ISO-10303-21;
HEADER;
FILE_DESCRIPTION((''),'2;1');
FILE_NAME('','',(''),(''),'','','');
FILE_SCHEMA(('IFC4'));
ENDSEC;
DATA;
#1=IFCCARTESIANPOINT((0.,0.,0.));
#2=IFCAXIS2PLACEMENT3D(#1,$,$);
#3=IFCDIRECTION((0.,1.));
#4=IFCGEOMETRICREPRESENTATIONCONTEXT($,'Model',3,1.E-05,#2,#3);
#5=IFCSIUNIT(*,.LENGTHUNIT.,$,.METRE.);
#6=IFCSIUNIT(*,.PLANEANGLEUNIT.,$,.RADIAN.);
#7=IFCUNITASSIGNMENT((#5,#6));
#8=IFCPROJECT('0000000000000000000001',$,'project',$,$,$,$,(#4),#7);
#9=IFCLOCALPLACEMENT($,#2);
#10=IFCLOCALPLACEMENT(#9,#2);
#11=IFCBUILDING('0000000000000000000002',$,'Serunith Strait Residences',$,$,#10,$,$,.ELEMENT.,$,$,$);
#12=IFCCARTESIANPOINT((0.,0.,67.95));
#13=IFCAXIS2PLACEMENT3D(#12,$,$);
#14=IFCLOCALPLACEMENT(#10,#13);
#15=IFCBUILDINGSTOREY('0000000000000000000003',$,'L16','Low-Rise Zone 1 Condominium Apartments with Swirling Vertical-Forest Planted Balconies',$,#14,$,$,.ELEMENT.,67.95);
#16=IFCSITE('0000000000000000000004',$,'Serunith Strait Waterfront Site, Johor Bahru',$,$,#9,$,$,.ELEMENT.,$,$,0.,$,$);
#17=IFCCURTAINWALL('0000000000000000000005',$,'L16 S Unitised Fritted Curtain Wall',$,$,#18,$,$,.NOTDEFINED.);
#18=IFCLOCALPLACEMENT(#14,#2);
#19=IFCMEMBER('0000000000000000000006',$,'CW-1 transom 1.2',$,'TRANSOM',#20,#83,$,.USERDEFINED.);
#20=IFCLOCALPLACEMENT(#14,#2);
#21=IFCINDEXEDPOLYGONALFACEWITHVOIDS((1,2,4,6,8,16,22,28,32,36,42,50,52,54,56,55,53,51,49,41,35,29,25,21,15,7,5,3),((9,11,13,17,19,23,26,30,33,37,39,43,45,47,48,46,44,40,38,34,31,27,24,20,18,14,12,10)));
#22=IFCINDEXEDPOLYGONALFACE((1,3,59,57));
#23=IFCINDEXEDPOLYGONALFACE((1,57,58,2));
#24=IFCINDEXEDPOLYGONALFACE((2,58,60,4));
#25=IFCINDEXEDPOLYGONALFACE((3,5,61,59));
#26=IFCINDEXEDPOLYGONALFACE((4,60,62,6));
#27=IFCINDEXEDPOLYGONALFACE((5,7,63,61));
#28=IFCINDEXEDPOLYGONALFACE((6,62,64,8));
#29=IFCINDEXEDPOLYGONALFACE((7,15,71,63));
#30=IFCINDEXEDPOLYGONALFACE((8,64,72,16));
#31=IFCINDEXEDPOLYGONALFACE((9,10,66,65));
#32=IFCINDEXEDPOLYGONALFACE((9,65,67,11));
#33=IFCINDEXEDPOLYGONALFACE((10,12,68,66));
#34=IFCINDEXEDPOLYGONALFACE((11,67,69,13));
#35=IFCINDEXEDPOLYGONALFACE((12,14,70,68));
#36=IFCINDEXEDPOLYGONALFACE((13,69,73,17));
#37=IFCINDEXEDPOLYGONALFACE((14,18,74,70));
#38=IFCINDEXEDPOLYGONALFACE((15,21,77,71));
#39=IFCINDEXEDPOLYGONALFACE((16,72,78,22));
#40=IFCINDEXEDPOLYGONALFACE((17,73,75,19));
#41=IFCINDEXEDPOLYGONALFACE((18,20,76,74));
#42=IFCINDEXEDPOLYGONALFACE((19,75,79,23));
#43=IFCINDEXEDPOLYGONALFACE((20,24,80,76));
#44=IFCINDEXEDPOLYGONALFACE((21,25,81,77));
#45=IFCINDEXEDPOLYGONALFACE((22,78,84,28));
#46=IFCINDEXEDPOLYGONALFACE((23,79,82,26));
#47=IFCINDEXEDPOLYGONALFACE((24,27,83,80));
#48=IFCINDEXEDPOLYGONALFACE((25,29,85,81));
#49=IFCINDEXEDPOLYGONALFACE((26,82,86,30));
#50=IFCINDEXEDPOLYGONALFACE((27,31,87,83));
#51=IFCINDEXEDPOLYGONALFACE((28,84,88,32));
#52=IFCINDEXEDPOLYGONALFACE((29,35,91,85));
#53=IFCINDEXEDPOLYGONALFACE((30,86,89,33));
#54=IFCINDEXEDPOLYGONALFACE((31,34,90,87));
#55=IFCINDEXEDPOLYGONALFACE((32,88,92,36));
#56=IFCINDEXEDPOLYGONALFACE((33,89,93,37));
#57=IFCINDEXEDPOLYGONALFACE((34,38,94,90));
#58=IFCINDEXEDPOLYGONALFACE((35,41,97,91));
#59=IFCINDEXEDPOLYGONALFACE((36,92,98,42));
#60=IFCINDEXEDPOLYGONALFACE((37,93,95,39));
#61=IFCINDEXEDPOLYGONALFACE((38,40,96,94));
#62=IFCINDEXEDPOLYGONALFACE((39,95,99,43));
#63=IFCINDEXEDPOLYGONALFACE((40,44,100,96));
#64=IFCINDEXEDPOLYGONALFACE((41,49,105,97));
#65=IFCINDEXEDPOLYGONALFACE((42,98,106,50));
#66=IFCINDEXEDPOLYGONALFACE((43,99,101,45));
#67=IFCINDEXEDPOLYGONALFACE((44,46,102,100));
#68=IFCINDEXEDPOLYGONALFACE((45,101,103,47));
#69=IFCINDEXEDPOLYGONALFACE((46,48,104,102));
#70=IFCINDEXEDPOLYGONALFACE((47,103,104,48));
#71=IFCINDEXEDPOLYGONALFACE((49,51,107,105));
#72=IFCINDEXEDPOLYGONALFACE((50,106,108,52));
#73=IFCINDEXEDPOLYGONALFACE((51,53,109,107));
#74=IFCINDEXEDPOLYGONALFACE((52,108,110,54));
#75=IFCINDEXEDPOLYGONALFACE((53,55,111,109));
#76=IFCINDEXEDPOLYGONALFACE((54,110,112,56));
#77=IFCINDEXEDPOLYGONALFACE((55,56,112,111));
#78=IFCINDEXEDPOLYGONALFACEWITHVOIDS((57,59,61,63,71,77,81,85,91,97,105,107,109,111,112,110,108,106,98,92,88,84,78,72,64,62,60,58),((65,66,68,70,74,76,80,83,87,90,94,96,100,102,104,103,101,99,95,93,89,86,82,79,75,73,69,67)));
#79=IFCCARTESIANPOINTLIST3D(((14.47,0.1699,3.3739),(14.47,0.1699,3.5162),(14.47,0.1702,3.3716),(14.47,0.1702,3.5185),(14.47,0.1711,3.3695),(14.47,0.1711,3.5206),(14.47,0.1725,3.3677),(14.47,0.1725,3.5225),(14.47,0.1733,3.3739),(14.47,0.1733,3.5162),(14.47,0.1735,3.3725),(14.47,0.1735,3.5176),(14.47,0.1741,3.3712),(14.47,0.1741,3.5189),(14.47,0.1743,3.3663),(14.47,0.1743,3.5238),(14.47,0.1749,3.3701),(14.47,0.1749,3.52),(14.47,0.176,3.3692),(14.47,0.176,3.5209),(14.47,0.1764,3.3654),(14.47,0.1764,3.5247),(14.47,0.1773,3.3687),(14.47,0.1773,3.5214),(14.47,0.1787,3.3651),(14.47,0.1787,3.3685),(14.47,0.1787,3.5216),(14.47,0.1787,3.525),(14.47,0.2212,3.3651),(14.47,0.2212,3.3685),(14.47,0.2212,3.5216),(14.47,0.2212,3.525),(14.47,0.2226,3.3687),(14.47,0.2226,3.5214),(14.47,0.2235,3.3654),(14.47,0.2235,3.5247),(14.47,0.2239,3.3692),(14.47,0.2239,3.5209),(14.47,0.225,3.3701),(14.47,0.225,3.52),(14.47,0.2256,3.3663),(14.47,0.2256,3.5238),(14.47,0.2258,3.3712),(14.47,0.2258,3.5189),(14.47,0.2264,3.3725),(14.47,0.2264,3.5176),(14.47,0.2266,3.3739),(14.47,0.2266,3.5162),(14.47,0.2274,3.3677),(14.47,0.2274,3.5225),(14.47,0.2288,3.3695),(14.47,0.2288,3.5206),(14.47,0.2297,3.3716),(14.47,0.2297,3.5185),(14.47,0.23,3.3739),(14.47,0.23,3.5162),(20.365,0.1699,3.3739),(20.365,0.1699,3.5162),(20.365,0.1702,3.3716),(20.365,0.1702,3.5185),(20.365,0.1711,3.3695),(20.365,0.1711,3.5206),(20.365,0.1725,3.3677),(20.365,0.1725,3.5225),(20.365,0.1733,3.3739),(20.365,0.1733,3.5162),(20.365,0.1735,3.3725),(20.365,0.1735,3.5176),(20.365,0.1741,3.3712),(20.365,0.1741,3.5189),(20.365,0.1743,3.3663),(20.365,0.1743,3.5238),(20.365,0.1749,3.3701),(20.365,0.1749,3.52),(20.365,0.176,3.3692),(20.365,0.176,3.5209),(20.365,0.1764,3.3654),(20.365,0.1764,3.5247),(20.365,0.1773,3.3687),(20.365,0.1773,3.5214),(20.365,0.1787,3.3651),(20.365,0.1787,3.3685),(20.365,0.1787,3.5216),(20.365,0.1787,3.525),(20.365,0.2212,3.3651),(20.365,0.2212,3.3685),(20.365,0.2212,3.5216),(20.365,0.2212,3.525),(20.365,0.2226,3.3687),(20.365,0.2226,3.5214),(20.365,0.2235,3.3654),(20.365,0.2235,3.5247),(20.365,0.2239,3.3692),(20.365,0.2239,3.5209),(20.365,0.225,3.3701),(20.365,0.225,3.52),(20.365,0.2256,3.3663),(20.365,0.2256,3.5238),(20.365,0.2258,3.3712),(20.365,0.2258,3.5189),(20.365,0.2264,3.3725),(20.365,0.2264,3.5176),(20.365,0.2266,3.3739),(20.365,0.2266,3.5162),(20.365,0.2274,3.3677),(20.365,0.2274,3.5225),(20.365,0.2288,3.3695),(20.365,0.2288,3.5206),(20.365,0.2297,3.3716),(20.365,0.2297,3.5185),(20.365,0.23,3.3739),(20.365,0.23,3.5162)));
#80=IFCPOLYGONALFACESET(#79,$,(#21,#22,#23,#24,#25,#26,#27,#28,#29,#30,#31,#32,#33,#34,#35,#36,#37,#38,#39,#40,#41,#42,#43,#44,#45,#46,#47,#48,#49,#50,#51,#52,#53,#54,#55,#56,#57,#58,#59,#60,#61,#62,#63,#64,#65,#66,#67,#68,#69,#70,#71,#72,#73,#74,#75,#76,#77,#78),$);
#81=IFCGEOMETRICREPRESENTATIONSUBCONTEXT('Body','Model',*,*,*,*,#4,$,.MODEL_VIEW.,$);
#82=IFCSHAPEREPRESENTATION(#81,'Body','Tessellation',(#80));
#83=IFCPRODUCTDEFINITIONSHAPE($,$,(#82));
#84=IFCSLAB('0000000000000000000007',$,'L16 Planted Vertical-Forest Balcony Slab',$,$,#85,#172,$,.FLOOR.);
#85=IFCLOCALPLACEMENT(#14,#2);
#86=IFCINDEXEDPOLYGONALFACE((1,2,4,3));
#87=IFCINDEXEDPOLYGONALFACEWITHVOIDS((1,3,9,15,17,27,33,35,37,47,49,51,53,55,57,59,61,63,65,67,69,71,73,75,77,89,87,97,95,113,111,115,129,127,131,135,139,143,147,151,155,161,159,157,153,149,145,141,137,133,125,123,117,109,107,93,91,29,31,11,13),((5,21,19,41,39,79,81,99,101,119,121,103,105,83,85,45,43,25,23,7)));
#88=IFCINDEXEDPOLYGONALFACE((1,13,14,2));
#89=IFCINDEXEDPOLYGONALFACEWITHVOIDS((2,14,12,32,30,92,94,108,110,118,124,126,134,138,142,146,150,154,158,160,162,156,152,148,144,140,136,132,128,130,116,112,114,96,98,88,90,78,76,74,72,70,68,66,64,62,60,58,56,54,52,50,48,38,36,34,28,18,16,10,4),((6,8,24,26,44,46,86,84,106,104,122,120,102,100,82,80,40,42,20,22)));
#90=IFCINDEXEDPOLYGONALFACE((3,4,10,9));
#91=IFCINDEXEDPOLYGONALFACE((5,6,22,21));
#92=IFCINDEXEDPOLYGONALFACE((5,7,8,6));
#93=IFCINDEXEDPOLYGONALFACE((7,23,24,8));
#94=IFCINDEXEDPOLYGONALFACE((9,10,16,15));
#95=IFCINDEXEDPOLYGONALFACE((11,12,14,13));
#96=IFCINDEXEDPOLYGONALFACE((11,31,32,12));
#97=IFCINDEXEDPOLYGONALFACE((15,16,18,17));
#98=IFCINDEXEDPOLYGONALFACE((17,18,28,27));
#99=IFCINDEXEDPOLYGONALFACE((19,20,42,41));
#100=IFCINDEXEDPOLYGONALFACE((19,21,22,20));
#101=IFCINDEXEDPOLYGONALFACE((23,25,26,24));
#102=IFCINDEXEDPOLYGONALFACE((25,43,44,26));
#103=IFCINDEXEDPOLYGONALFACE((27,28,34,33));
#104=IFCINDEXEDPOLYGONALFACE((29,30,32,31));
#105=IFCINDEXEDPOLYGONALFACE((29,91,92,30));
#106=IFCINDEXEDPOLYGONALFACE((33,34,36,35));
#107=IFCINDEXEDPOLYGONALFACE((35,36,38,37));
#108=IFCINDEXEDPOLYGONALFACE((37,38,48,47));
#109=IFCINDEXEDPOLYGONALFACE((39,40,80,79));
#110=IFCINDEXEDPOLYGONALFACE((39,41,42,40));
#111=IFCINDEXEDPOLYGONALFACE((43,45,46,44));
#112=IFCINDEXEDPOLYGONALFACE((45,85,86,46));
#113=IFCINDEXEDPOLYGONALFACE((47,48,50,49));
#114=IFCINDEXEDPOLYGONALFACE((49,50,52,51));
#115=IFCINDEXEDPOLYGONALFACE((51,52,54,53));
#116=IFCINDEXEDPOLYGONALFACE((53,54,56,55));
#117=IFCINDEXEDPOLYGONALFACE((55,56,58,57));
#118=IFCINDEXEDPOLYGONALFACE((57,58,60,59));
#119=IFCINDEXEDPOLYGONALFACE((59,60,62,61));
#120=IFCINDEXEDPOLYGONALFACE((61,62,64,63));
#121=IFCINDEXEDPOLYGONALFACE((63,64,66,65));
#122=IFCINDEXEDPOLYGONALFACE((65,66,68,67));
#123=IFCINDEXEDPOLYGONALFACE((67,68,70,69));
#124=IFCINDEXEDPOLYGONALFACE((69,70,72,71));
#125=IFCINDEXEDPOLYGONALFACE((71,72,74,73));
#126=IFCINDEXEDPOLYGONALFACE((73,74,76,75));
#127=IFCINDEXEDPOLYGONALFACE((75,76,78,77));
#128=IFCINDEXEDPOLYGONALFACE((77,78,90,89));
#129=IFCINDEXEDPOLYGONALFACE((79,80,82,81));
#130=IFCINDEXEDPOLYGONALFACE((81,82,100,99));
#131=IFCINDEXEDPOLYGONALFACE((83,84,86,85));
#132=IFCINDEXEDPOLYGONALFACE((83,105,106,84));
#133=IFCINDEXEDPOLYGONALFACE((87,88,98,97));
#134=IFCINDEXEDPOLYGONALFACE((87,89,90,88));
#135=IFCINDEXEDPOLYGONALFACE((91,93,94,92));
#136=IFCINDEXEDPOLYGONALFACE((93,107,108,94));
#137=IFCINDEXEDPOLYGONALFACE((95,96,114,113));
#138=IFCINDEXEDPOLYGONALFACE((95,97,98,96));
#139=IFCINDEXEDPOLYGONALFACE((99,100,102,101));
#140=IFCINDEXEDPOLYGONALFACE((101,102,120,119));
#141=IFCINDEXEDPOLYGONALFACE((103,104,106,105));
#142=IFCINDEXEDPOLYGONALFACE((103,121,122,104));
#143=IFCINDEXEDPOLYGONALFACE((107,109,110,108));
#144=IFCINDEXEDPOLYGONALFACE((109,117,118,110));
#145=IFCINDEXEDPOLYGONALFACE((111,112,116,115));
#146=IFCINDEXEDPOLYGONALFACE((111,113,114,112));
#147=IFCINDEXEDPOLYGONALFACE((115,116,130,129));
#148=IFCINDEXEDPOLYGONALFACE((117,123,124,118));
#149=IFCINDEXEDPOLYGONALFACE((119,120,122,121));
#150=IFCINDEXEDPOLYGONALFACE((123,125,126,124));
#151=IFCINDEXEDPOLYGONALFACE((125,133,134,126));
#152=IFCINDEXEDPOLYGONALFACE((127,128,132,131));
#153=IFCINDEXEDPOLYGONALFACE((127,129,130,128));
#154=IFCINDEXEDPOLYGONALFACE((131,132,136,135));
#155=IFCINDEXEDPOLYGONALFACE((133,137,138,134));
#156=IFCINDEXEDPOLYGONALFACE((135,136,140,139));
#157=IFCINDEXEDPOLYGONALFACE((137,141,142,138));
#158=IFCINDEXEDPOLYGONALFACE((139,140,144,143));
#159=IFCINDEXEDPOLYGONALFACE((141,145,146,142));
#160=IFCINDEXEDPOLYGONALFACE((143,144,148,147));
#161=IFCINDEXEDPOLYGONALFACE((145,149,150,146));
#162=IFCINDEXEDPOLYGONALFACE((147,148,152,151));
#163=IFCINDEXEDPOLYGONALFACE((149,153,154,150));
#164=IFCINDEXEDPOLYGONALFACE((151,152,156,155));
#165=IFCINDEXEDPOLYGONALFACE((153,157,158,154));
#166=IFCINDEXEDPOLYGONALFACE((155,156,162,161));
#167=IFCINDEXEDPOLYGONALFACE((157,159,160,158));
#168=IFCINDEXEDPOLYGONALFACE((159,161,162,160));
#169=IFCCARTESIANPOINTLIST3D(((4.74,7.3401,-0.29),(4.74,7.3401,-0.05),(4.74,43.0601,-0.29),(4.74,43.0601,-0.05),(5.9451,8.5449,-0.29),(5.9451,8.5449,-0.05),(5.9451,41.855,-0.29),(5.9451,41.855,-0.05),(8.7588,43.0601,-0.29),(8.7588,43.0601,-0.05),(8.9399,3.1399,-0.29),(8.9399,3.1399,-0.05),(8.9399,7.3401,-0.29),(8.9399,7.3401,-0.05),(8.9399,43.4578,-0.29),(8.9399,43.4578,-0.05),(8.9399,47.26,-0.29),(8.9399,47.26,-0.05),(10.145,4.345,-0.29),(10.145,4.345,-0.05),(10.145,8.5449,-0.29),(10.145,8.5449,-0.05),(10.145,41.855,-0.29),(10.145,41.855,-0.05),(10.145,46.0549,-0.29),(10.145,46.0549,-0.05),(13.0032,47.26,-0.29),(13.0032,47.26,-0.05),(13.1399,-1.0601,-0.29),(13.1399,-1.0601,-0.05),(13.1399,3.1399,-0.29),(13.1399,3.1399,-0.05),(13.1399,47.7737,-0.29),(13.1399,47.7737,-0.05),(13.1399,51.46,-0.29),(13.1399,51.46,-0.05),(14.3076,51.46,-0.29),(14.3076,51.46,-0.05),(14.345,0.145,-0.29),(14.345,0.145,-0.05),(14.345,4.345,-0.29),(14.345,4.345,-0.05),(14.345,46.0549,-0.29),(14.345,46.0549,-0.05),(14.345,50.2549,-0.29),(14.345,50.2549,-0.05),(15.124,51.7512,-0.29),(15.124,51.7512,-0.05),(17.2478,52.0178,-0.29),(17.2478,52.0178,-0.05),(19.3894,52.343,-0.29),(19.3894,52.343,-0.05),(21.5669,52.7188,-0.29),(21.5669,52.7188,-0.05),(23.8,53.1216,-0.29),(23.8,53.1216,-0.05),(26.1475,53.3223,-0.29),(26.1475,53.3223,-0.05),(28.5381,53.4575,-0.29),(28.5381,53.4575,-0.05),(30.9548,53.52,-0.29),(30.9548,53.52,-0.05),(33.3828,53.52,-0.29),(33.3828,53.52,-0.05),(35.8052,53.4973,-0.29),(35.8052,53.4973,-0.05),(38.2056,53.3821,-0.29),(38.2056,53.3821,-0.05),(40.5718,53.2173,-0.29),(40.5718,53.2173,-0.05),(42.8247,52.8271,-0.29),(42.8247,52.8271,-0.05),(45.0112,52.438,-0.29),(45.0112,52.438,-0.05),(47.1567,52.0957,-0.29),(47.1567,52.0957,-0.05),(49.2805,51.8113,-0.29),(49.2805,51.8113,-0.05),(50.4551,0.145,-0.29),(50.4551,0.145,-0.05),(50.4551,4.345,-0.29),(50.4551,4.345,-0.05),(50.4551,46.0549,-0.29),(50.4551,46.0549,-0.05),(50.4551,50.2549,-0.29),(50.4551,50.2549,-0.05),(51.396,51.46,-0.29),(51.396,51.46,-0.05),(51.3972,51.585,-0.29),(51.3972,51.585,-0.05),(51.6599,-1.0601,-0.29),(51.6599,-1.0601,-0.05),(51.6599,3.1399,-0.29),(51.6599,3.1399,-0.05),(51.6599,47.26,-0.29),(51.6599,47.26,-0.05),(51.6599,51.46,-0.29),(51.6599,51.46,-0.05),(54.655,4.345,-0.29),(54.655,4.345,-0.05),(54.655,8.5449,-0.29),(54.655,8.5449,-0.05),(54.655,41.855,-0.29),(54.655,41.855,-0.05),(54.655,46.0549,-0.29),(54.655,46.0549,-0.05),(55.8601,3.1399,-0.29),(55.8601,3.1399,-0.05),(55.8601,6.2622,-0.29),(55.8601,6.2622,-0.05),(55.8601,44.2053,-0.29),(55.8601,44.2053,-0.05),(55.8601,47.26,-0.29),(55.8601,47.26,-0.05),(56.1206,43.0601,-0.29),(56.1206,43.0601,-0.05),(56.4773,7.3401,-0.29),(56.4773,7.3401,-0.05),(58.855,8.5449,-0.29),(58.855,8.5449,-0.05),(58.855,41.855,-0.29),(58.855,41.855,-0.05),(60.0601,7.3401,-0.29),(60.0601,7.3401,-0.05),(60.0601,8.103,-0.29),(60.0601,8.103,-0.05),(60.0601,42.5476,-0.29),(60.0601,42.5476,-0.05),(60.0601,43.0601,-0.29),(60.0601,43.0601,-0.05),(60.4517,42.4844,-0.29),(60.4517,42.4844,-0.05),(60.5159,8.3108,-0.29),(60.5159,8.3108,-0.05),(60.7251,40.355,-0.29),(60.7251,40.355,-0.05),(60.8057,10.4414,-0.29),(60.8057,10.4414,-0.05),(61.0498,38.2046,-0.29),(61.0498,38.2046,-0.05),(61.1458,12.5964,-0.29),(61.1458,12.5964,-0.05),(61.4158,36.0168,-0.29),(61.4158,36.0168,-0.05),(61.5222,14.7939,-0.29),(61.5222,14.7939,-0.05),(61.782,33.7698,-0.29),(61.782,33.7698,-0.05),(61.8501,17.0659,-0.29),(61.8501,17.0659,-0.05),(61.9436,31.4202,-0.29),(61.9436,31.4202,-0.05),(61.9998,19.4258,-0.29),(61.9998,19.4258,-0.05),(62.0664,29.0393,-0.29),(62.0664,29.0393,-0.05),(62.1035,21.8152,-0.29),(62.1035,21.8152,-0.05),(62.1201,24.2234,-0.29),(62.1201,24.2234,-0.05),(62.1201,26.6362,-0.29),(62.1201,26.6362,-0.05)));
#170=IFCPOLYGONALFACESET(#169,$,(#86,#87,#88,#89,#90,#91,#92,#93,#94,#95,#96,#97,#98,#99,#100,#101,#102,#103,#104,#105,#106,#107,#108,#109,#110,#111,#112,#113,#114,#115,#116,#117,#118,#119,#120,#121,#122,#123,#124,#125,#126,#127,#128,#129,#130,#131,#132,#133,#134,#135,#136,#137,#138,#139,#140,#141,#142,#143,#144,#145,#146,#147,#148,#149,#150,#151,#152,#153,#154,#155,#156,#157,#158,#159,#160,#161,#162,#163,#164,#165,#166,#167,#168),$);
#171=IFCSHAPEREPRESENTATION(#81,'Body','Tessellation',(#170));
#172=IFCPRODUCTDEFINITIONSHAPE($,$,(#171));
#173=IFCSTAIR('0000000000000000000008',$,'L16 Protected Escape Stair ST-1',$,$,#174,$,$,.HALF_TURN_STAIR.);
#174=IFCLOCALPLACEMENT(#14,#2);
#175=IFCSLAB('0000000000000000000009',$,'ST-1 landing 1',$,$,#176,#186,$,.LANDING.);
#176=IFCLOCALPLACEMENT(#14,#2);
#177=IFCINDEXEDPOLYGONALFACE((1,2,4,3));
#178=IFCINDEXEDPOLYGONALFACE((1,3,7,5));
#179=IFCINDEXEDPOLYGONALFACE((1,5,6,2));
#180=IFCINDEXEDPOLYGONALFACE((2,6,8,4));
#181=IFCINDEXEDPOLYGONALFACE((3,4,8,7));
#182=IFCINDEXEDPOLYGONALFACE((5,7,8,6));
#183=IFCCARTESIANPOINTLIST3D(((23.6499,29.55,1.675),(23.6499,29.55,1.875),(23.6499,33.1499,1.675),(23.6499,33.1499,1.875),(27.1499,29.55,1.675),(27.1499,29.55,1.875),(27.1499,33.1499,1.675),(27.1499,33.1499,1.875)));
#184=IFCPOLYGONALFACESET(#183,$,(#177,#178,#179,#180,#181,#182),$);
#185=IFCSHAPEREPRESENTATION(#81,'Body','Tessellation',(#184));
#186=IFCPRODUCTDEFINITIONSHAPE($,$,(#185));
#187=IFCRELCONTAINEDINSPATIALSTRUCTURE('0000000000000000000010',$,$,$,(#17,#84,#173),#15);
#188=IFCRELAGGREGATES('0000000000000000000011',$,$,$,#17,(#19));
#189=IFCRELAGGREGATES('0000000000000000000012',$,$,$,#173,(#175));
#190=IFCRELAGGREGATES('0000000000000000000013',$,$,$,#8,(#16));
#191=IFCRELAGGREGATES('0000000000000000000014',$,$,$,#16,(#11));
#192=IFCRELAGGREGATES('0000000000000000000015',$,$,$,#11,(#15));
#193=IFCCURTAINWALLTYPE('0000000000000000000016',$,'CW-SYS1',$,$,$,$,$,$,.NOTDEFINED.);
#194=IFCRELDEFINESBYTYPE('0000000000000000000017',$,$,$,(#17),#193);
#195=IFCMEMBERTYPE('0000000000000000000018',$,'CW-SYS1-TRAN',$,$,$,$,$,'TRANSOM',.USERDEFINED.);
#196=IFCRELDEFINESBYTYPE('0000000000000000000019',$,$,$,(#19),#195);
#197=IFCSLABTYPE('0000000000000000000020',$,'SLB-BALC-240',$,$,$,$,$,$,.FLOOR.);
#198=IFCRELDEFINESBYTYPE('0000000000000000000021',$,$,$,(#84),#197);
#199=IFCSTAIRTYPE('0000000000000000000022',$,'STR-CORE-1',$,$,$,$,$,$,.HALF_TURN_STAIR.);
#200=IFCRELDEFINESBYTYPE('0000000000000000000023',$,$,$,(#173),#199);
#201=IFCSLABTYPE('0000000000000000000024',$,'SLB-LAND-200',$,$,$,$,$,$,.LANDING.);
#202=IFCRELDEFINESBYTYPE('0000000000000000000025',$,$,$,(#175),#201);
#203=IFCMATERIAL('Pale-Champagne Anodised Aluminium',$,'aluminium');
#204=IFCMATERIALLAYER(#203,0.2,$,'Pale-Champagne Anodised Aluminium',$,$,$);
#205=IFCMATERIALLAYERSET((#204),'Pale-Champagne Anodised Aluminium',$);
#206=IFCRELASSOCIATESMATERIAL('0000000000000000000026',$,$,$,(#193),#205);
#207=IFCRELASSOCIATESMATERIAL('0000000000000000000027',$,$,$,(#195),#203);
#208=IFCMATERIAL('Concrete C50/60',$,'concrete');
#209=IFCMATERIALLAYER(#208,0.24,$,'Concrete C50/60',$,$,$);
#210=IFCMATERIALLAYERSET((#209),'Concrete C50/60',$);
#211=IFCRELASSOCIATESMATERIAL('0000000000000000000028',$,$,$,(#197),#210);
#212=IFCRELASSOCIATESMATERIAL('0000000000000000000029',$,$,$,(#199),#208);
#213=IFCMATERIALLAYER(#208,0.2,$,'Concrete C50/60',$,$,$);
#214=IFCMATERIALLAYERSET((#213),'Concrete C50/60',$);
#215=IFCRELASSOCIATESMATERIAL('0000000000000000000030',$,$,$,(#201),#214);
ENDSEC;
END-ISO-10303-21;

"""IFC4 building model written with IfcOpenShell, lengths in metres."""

from ifc_helpers import new_model, si_unit, direction, frame, origin, origin_2d, place, context, subcontext, project, spatial, polyline, hollow_rectangle, outline, extrude, source, transform, mapped, material, layer, layer_set, material_profile, profile_set, type_object, element, aggregate, save


model = new_model("IFC4")

# Units and contexts
model_context = context("Model", 3, precision=1e-05, world=origin(), true_north=direction((0.0, 1.0)))
body_context = subcontext(model_context, "Body", "Model", "MODEL_VIEW")
ifc_project = project(units=[si_unit("LENGTHUNIT", "METRE"), si_unit("PLANEANGLEUNIT", "RADIAN")], contexts=[model_context])

# Site, building, storey
site_placement = place(None, origin())
site = spatial("IfcSite", under=ifc_project, at=site_placement, Name="Serunith Strait Waterfront Site, Johor Bahru", CompositionType="ELEMENT", RefElevation=0.0)
building_placement = place(site_placement, origin())
building = spatial("IfcBuilding", under=site, at=building_placement, Name="Serunith Strait Residences", CompositionType="ELEMENT")
storey_placement = place(building_placement, frame((0.0, 0.0, 67.95)))
storey = spatial("IfcBuildingStorey", under=building, at=storey_placement, Name="L16", Description="Low-Rise Zone 1 Condominium Apartments with Swirling Vertical-Forest Planted Balconies", CompositionType="ELEMENT", Elevation=67.95)

# Curtain wall
ifc_material_1 = material(Name="Pale-Champagne Anodised Aluminium", Category="aluminium")
ifc_layer_1 = layer(ifc_material_1, 0.2, Name="Pale-Champagne Anodised Aluminium")
ifc_layer_set_1 = layer_set([ifc_layer_1], Name="Pale-Champagne Anodised Aluminium")
curtain_wall_type = type_object("IfcCurtainWallType", Name="CW-SYS1", PredefinedType="NOTDEFINED", material=ifc_layer_set_1)
curtain_wall_1_placement = place(storey_placement, origin())
curtain_wall_1 = element("IfcCurtainWall", 1, at=curtain_wall_1_placement, inside=storey, type_object=curtain_wall_type, Name="L16 S Unitised Fritted Curtain Wall", PredefinedType="NOTDEFINED")

# Member
ifc_material_profile_1 = material_profile(ifc_material_1, hollow_rectangle(XDim=0.0601, YDim=0.1599, WallThickness=0.0034, InnerFilletRadius=0.0054, OuterFilletRadius=0.0088, at=origin_2d()), Name="ALU 160x60x3.5")
ifc_profile_set_1 = profile_set([ifc_material_profile_1], Name="Pale-Champagne Anodised Aluminium")
member_type_1 = type_object("IfcMemberType", Name="CW-SYS1-TRAN", ElementType="TRANSOM", PredefinedType="USERDEFINED", material=ifc_profile_set_1)
shared_shape_1 = source(origin(), body_context, "Body", "SweptSolid", [
    extrude(hollow_rectangle(XDim=0.0601, YDim=0.1599, WallThickness=0.0034, InnerFilletRadius=0.0054, OuterFilletRadius=0.0088, at=origin_2d()), origin(), (0.0, 0.0, 1.0), 5.895),
])
member_1_placement = place(storey_placement, frame((14.47, 0.2, 3.4451), z_axis=(1.0, 0.0, 0.0), x_axis=(0.0, 1.0, 0.0)))
member_1 = element("IfcMember", 2, at=member_1_placement, type_object=member_type_1, Name="CW-1 transom 1.2", ObjectType="TRANSOM", PredefinedType="USERDEFINED", context=body_context, shape_type="MappedRepresentation", body=[
    mapped(shared_shape_1, transform((0.0, 0.0, 0.0), scale=1.0)),
])
aggregate(curtain_wall_1, [member_1])

# Slab
ifc_material_2 = material(Name="Concrete C50/60", Category="concrete")
ifc_layer_2 = layer(ifc_material_2, 0.24, Name="Concrete C50/60")
ifc_layer_set_2 = layer_set([ifc_layer_2], Name="Concrete C50/60")
slab_type_1 = type_object("IfcSlabType", Name="SLB-BALC-240", PredefinedType="FLOOR", material=ifc_layer_set_2)
slab_1_placement = place(storey_placement, frame((0.0, 0.0, -0.29)))
element("IfcSlab", 3, at=slab_1_placement, inside=storey, type_object=slab_type_1, Name="L16 Planted Vertical-Forest Balcony Slab", PredefinedType="FLOOR", context=body_context, shape_type="SweptSolid", body=[
    extrude(outline(polyline([(13.0032, 47.26), (13.1399, 47.7737), (13.1399, 51.46), (14.3076, 51.46), (15.124, 51.7512), (17.2478, 52.0178), (19.3894, 52.343), (21.5669, 52.7188), (23.8, 53.1216), (26.1475, 53.3223), (28.5381, 53.4575), (30.9548, 53.52), (33.3828, 53.52), (35.8052, 53.4973), (38.2056, 53.3821), (40.5718, 53.2173), (42.8247, 52.8271), (45.0112, 52.438), (47.1567, 52.0957), (49.2805, 51.8113), (51.3972, 51.585), (51.396, 51.46), (51.6599, 51.46), (51.6599, 47.26), (55.8601, 47.26), (55.8601, 44.2053), (56.1206, 43.0601), (60.0601, 43.0601), (60.0601, 42.5476), (60.4517, 42.4844), (60.7251, 40.355), (61.0498, 38.2046), (61.4158, 36.0168), (61.782, 33.7698), (61.9436, 31.4202), (62.0664, 29.0393), (62.1201, 26.6362), (62.1201, 24.2234), (62.1035, 21.8152), (61.9998, 19.4258), (61.8501, 17.0659), (61.5222, 14.7939), (61.1458, 12.5964), (60.8057, 10.4414), (60.5159, 8.3108), (60.0601, 8.103), (60.0601, 7.3401), (56.4773, 7.3401), (55.8601, 6.2622), (55.8601, 3.1399), (51.6599, 3.1399), (51.6599, -1.0601), (13.1399, -1.0601), (13.1399, 3.1399), (8.9399, 3.1399), (8.9399, 7.3401), (4.74, 7.3401), (4.74, 43.0601), (8.7588, 43.0601), (8.9399, 43.4578), (8.9399, 47.26), (13.0032, 47.26)]), holes=[polyline([(50.4551, 0.145), (50.4551, 4.345), (54.655, 4.345), (54.655, 8.5449), (58.855, 8.5449), (58.855, 41.855), (54.655, 41.855), (54.655, 46.0549), (50.4551, 46.0549), (50.4551, 50.2549), (14.345, 50.2549), (14.345, 46.0549), (10.145, 46.0549), (10.145, 41.855), (5.9451, 41.855), (5.9451, 8.5449), (10.145, 8.5449), (10.145, 4.345), (14.345, 4.345), (14.345, 0.145), (50.4551, 0.145)])]), origin(), (0.0, 0.0, 1.0), 0.24),
])

# Stair, slab
stair_type_1 = type_object("IfcStairType", Name="STR-CORE-1", PredefinedType="HALF_TURN_STAIR", material=ifc_material_2)
stair_1_placement = place(storey_placement, origin())
stair_1 = element("IfcStair", 4, at=stair_1_placement, inside=storey, type_object=stair_type_1, Name="L16 Protected Escape Stair ST-1", PredefinedType="HALF_TURN_STAIR")
ifc_layer_3 = layer(ifc_material_2, 0.2, Name="Concrete C50/60")
ifc_layer_set_3 = layer_set([ifc_layer_3], Name="Concrete C50/60")
slab_type_2 = type_object("IfcSlabType", Name="SLB-LAND-200", PredefinedType="LANDING", material=ifc_layer_set_3)
slab_2_placement = place(storey_placement, frame((0.0, 0.0, 1.675)))
slab_2 = element("IfcSlab", 5, at=slab_2_placement, type_object=slab_type_2, Name="ST-1 landing 1", PredefinedType="LANDING", context=body_context, shape_type="SweptSolid", body=[
    extrude(outline(polyline([(27.1499, 29.55), (27.1499, 33.1499), (23.6499, 33.1499), (23.6499, 29.55), (27.1499, 29.55)])), origin(), (0.0, 0.0, 1.0), 0.2),
])
aggregate(stair_1, [slab_2])

save(model, "model.ifc")
